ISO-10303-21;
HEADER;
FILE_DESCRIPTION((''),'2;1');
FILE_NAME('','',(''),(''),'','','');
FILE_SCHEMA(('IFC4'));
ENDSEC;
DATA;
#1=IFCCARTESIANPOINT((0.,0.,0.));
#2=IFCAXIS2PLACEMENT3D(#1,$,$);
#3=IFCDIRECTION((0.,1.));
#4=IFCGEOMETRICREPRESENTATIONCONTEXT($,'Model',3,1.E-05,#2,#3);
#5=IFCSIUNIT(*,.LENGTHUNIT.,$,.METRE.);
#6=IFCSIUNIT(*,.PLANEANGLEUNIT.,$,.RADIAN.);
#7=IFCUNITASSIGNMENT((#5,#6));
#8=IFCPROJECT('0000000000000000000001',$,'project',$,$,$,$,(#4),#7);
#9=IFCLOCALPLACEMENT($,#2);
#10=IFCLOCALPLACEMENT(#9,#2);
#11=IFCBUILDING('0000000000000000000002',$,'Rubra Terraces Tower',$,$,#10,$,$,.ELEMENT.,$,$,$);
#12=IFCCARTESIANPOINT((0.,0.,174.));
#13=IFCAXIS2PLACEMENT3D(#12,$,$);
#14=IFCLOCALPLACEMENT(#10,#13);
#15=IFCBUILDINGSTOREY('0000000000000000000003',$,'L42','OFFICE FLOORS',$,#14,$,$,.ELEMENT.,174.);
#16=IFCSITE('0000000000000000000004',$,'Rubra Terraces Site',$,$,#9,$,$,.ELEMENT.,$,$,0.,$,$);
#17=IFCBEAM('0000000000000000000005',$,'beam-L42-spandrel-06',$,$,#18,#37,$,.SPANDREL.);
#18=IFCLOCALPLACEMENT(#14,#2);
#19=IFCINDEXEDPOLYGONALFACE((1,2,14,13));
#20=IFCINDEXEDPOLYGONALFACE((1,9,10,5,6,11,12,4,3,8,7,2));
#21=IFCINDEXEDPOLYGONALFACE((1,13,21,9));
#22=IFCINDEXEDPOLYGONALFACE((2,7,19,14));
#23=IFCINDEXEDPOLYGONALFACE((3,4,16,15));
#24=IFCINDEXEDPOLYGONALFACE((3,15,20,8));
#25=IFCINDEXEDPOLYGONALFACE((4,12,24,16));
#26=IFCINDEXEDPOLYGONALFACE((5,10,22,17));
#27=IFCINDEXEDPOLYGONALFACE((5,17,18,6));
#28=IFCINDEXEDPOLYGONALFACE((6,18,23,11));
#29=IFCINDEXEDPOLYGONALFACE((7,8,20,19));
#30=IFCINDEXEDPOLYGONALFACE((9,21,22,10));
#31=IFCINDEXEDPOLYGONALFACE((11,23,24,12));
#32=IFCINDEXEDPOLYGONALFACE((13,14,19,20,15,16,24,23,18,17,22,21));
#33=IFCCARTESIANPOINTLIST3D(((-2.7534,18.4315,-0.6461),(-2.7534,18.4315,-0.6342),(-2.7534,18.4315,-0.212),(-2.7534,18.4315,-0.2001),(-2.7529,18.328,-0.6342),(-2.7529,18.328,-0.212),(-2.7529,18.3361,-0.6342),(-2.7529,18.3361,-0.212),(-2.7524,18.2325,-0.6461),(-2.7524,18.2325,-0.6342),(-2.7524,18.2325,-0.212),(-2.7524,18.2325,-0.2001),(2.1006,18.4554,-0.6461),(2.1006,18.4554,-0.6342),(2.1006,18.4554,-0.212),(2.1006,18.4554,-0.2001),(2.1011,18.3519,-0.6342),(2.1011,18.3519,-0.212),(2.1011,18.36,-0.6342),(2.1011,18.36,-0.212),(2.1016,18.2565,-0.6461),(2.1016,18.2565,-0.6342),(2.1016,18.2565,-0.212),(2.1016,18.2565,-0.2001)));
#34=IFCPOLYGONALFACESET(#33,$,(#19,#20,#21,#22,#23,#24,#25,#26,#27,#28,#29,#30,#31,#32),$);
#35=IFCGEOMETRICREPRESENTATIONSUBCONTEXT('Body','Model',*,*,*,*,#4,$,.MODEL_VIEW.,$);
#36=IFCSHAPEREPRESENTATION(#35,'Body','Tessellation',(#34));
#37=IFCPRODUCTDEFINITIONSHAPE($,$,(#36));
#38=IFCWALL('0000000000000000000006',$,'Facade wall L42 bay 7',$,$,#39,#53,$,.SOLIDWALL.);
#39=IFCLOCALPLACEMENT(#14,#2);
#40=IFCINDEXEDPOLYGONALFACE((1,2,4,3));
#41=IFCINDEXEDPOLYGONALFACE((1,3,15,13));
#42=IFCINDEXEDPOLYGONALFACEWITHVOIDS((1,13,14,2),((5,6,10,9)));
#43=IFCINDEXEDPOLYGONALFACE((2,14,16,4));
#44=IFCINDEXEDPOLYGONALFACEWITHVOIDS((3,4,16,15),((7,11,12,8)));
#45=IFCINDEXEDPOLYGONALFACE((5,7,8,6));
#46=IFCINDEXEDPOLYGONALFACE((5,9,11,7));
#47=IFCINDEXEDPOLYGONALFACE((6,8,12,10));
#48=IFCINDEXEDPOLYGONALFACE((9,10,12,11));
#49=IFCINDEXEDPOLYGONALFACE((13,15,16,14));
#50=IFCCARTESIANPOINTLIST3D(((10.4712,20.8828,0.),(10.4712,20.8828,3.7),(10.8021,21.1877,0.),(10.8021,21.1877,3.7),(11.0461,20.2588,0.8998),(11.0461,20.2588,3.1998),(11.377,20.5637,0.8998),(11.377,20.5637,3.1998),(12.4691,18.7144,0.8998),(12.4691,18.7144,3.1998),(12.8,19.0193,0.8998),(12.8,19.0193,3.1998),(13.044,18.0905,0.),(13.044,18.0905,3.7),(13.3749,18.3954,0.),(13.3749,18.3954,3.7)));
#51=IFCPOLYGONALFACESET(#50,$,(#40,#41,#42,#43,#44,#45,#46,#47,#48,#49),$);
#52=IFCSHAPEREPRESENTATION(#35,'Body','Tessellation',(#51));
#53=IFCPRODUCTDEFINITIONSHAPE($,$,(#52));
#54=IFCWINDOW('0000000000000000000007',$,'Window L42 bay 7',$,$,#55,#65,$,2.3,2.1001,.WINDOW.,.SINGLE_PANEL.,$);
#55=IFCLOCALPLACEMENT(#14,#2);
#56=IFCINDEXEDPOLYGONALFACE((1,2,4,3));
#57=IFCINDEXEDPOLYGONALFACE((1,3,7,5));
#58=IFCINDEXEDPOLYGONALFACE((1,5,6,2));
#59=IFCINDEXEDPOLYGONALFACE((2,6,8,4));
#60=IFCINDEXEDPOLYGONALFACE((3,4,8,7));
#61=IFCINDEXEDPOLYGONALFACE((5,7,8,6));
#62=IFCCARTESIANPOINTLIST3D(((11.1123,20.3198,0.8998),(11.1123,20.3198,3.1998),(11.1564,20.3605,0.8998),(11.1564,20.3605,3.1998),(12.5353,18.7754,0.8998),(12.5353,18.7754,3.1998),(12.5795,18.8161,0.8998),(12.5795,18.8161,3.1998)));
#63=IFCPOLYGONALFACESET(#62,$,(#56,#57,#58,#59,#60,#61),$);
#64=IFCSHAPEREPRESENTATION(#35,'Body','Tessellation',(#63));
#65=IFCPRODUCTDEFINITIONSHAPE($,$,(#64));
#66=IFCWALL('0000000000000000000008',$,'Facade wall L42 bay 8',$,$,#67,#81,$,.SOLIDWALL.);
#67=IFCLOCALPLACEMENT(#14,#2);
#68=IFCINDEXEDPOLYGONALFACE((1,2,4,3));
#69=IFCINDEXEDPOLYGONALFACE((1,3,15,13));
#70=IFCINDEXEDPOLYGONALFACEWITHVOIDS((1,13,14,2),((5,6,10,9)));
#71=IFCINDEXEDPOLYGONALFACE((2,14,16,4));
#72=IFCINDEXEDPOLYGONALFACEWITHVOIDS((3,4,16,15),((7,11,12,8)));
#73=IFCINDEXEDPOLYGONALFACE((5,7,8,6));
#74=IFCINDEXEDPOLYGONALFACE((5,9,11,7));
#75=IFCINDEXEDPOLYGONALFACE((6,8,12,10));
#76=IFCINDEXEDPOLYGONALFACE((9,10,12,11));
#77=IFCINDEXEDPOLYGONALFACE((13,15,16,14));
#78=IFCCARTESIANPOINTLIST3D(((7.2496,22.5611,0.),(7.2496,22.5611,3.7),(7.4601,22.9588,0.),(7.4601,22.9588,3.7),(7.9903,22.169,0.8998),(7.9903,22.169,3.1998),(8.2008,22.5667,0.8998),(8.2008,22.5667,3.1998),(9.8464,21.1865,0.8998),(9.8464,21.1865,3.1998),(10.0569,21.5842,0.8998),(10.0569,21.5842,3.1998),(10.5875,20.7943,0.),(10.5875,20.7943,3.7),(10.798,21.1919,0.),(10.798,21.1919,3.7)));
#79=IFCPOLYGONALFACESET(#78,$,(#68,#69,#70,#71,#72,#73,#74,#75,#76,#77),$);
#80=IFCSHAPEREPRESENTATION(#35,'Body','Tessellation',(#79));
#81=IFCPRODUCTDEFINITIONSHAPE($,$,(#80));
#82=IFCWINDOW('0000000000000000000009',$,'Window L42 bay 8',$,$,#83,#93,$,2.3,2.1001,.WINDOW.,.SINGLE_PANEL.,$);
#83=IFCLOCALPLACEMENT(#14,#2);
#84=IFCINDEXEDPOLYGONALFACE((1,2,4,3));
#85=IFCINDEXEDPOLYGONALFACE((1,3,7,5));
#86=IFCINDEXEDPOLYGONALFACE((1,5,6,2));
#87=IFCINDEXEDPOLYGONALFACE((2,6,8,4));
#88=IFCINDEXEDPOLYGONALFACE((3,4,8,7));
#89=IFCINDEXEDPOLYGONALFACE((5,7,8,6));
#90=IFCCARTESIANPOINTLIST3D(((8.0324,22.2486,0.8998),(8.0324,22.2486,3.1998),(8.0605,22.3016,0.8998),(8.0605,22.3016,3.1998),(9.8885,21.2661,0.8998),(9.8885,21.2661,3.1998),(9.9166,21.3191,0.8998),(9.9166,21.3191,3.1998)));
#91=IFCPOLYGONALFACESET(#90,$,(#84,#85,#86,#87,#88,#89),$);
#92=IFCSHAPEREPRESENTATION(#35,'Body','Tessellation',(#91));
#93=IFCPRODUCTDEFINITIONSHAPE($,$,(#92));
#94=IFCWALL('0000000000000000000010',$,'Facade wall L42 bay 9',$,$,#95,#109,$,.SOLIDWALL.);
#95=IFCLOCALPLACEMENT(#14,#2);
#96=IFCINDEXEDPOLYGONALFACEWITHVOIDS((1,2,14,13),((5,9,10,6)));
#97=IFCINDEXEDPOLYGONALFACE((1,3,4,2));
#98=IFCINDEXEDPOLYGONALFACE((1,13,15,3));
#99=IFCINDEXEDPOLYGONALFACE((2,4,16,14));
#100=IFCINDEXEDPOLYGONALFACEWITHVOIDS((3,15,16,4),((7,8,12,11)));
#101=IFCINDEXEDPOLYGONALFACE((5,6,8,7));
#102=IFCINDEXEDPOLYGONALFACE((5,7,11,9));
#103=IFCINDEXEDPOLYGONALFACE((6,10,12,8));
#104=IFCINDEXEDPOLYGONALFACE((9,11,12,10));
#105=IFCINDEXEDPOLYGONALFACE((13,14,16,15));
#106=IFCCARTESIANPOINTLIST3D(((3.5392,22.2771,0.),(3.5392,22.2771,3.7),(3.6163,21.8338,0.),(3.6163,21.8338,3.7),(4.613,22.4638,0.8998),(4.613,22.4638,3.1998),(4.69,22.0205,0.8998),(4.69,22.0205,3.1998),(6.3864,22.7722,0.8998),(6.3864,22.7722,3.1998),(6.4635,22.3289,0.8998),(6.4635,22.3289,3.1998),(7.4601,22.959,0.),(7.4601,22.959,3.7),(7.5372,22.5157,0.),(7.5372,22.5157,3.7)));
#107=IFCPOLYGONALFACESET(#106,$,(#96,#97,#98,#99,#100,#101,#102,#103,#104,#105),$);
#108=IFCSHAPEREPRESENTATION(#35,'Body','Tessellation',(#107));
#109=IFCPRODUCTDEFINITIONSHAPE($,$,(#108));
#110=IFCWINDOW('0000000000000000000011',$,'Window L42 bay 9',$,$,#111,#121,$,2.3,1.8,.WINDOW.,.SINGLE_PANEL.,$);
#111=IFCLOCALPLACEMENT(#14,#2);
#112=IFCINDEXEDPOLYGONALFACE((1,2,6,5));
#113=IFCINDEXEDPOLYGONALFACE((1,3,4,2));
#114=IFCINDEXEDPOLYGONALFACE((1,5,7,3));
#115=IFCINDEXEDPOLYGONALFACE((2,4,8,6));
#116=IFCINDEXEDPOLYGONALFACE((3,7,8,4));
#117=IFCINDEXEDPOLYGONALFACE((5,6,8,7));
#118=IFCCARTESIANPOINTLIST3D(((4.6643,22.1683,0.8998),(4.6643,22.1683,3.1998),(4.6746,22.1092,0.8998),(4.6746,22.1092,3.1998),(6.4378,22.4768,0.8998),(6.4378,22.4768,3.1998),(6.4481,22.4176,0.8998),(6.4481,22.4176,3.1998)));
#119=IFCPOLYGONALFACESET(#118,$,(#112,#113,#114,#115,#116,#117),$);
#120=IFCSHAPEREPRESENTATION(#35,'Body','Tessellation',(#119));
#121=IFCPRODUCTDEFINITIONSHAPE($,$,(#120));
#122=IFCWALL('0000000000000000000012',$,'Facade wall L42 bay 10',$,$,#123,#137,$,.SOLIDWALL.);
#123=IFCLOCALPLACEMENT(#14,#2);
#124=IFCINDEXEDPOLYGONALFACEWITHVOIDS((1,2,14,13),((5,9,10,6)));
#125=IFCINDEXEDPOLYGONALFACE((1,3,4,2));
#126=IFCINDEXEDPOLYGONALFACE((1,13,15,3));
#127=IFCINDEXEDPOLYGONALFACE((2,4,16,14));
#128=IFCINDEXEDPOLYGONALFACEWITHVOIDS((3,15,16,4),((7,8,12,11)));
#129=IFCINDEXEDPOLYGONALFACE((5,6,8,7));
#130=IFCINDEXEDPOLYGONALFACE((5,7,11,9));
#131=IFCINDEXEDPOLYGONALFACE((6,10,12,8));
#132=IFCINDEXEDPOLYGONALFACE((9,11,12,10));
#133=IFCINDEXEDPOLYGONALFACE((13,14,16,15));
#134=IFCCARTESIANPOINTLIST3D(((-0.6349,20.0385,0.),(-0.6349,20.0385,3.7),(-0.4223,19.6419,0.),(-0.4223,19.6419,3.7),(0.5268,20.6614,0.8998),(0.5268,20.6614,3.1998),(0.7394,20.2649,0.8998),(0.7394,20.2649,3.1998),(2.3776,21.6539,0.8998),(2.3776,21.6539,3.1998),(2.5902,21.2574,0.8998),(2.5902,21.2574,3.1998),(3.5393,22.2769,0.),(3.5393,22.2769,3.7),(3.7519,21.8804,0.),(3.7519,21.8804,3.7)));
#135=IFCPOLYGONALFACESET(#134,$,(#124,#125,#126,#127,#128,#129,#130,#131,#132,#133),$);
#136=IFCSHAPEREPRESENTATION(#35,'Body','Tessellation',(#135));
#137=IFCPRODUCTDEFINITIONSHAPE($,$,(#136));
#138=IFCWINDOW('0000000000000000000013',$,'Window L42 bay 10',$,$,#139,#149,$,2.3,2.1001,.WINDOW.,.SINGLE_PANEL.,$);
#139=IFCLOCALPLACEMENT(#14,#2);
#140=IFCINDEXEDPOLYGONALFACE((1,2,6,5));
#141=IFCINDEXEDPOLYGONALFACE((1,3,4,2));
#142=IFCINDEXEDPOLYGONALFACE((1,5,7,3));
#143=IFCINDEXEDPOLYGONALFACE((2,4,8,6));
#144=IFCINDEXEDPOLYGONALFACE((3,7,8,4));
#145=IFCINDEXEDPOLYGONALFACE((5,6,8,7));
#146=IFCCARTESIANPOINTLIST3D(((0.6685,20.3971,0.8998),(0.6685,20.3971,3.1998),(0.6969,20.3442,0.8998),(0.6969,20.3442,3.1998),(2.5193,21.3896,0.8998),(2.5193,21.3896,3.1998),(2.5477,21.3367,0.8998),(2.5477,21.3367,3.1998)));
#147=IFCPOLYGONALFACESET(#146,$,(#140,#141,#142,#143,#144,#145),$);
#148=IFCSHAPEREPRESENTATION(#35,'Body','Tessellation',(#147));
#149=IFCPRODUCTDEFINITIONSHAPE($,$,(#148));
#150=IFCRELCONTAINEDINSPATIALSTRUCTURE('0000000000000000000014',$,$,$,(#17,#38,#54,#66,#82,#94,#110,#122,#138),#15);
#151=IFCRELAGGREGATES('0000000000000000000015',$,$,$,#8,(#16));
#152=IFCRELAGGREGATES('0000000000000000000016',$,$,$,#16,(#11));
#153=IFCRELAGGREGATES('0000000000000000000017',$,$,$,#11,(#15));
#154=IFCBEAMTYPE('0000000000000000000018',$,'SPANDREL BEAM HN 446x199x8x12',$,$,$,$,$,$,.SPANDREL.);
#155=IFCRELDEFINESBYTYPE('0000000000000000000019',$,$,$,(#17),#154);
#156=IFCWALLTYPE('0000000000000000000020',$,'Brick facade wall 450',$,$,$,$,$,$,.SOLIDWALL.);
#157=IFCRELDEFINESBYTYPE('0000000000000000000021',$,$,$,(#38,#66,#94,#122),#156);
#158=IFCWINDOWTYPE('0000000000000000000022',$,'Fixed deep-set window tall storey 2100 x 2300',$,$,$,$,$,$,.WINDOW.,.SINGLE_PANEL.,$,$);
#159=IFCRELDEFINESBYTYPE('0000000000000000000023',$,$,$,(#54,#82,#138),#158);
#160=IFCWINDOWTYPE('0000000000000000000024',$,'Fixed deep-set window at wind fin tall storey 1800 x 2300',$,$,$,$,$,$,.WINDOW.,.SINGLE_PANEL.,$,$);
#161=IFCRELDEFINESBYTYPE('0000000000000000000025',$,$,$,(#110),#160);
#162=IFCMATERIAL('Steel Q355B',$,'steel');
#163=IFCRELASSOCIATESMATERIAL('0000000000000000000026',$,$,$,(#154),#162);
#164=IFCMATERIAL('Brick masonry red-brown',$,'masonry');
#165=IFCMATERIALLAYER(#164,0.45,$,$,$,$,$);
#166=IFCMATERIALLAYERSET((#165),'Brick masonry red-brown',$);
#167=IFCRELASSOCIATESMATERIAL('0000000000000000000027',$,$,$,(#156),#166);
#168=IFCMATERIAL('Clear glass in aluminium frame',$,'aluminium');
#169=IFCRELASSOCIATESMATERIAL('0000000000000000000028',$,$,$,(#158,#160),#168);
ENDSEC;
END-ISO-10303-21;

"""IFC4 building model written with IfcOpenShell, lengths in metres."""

from ifc_helpers import new_model, si_unit, direction, frame, frame_2d, origin, origin_2d, place, context, subcontext, project, spatial, rectangle, i_section, extrude, material, layer, layer_set, material_profile, profile_set, type_object, element, fill, save


model = new_model("IFC4")

# Units and contexts
model_context = context("Model", 3, precision=1e-05, world=origin(), true_north=direction((0.0, 1.0)))
body_context = subcontext(model_context, "Body", "Model", "MODEL_VIEW")
ifc_project = project(units=[si_unit("LENGTHUNIT", "METRE"), si_unit("PLANEANGLEUNIT", "RADIAN")], contexts=[model_context])

# Site, building, storey
site_placement = place(None, origin())
site = spatial("IfcSite", under=ifc_project, at=site_placement, Name="Rubra Terraces Site", CompositionType="ELEMENT", RefElevation=0.0)
building_placement = place(site_placement, origin())
building = spatial("IfcBuilding", under=site, at=building_placement, Name="Rubra Terraces Tower", CompositionType="ELEMENT")
storey_placement = place(building_placement, frame((0.0, 0.0, 174.0)))
storey = spatial("IfcBuildingStorey", under=building, at=storey_placement, Name="L42", Description="OFFICE FLOORS", CompositionType="ELEMENT", Elevation=174.0)

# Beam
ifc_material_1 = material(Name="Steel Q355B", Category="steel")
ifc_material_profile_1 = material_profile(ifc_material_1, i_section(OverallWidth=0.199, OverallDepth=0.446, WebThickness=0.0081, FlangeThickness=0.012, at=origin_2d()), Name="HN 446x199x8x12")
ifc_profile_set_1 = profile_set([ifc_material_profile_1], Name="Steel Q355B")
beam_type_1 = type_object("IfcBeamType", Name="SPANDREL BEAM HN 446x199x8x12", PredefinedType="SPANDREL", material=ifc_profile_set_1)
beam_1_placement = place(storey_placement, frame((2.1011, 18.356, -0.4231), z_axis=(-0.999988, -0.004929, 0.0), x_axis=(0.004929, -0.999988, 0.0)))
element("IfcBeam", 1, at=beam_1_placement, inside=storey, type_object=beam_type_1, Name="beam-L42-spandrel-06", PredefinedType="SPANDREL", context=body_context, shape_type="SweptSolid", body=[
    extrude(i_section(OverallWidth=0.199, OverallDepth=0.446, WebThickness=0.0081, FlangeThickness=0.012, at=origin_2d()), origin(), (0.0, 0.0, 1.0), 4.854),
])

# Walls, openings, windows
ifc_material_2 = material(Name="Brick masonry red-brown", Category="masonry")
ifc_layer_1 = layer(ifc_material_2, 0.45)
ifc_layer_set_1 = layer_set([ifc_layer_1], Name="Brick masonry red-brown")
wall_type_1 = type_object("IfcWallType", Name="Brick facade wall 450", PredefinedType="SOLIDWALL", material=ifc_layer_set_1)
wall_1_placement = place(storey_placement, frame((13.2095, 18.2429, 0.0), z_axis=(0.0, 0.0, 1.0), x_axis=(-0.677612, 0.735419, 0.0)))
wall_1 = element("IfcWall", 2, at=wall_1_placement, inside=storey, type_object=wall_type_1, Name="Facade wall L42 bay 7", PredefinedType="SOLIDWALL", context=body_context, shape_type="SweptSolid", body=[
    extrude(rectangle(XDim=3.7969, YDim=0.45, at=frame_2d((1.8984, 0.0))), origin(), (0.0, 0.0, 1.0), 3.7),
])
opening_1_placement = place(wall_1_placement, frame((0.8484, 0.0, 0.8999)))
opening_1 = element("IfcOpeningElement", 3, at=opening_1_placement, cuts=wall_1, PredefinedType="OPENING", context=body_context, shape_type="SweptSolid", body=[
    extrude(rectangle(XDim=2.1001, YDim=2.3, at=frame_2d((1.05, 1.1499))), frame((0.0, 0.2349, 0.0), z_axis=(0.0, -1.0, 0.0), x_axis=(1.0, 0.0, 0.0)), (0.0, 0.0, 1.0), 0.47),
])
ifc_material_3 = material(Name="Clear glass in aluminium frame", Category="aluminium")
window_type_1 = type_object("IfcWindowType", Name="Fixed deep-set window tall storey 2100 x 2300", PartitioningType="SINGLE_PANEL", PredefinedType="WINDOW", material=ifc_material_3)
window_1_placement = place(opening_1_placement, origin())
window_1 = element("IfcWindow", 4, at=window_1_placement, inside=storey, type_object=window_type_1, Name="Window L42 bay 7", OverallHeight=2.3, OverallWidth=2.1001, PartitioningType="SINGLE_PANEL", PredefinedType="WINDOW", context=body_context, shape_type="SweptSolid", body=[
    extrude(rectangle(XDim=2.1001, YDim=2.3, at=frame_2d((1.05, 1.1499))), frame((0.0, 0.135, 0.0), z_axis=(0.0, -1.0, 0.0), x_axis=(1.0, 0.0, 0.0)), (0.0, 0.0, 1.0), 0.0601),
])
fill(opening_1, window_1)
wall_2_placement = place(storey_placement, frame((10.6926, 20.9932, 0.0), z_axis=(0.0, 0.0, 1.0), x_axis=(-0.883818, 0.467831, 0.0)))
wall_2 = element("IfcWall", 5, at=wall_2_placement, inside=storey, type_object=wall_type_1, Name="Facade wall L42 bay 8", PredefinedType="SOLIDWALL", context=body_context, shape_type="SweptSolid", body=[
    extrude(rectangle(XDim=3.7766, YDim=0.45, at=frame_2d((1.8882, 0.0))), origin(), (0.0, 0.0, 1.0), 3.7),
])
opening_2_placement = place(wall_2_placement, frame((0.8384, 0.0, 0.8999)))
opening_2 = element("IfcOpeningElement", 6, at=opening_2_placement, cuts=wall_2, PredefinedType="OPENING", context=body_context, shape_type="SweptSolid", body=[
    extrude(rectangle(XDim=2.1001, YDim=2.3, at=frame_2d((1.05, 1.1499))), frame((0.0, 0.2349, 0.0), z_axis=(0.0, -1.0, 0.0), x_axis=(1.0, 0.0, 0.0)), (0.0, 0.0, 1.0), 0.47),
])
window_2_placement = place(opening_2_placement, origin())
window_2 = element("IfcWindow", 7, at=window_2_placement, inside=storey, type_object=window_type_1, Name="Window L42 bay 8", OverallHeight=2.3, OverallWidth=2.1001, PartitioningType="SINGLE_PANEL", PredefinedType="WINDOW", context=body_context, shape_type="SweptSolid", body=[
    extrude(rectangle(XDim=2.1001, YDim=2.3, at=frame_2d((1.05, 1.1499))), frame((0.0, 0.135, 0.0), z_axis=(0.0, -1.0, 0.0), x_axis=(1.0, 0.0, 0.0)), (0.0, 0.0, 1.0), 0.0601),
])
fill(opening_2, window_2)
wall_3_placement = place(storey_placement, frame((7.4985, 22.7373, 0.0), z_axis=(0.0, 0.0, 1.0), x_axis=(-0.985212, -0.171339, 0.0)))
wall_3 = element("IfcWall", 8, at=wall_3_placement, inside=storey, type_object=wall_type_1, Name="Facade wall L42 bay 9", PredefinedType="SOLIDWALL", context=body_context, shape_type="SweptSolid", body=[
    extrude(rectangle(XDim=3.9797, YDim=0.45, at=frame_2d((1.9897, 0.0))), origin(), (0.0, 0.0, 1.0), 3.7),
])
opening_3_placement = place(wall_3_placement, frame((1.0898, 0.0, 0.8999)))
opening_3 = element("IfcOpeningElement", 9, at=opening_3_placement, cuts=wall_3, PredefinedType="OPENING", context=body_context, shape_type="SweptSolid", body=[
    extrude(rectangle(XDim=1.8, YDim=2.3, at=frame_2d((0.8999, 1.1499))), frame((0.0, 0.2349, 0.0), z_axis=(0.0, -1.0, 0.0), x_axis=(1.0, 0.0, 0.0)), (0.0, 0.0, 1.0), 0.47),
])
window_type_2 = type_object("IfcWindowType", Name="Fixed deep-set window at wind fin tall storey 1800 x 2300", PartitioningType="SINGLE_PANEL", PredefinedType="WINDOW", material=ifc_material_3)
window_3_placement = place(opening_3_placement, origin())
window_3 = element("IfcWindow", 10, at=window_3_placement, inside=storey, type_object=window_type_2, Name="Window L42 bay 9", OverallHeight=2.3, OverallWidth=1.8, PartitioningType="SINGLE_PANEL", PredefinedType="WINDOW", context=body_context, shape_type="SweptSolid", body=[
    extrude(rectangle(XDim=1.8, YDim=2.3, at=frame_2d((0.8999, 1.1499))), frame((0.0, 0.135, 0.0), z_axis=(0.0, -1.0, 0.0), x_axis=(1.0, 0.0, 0.0)), (0.0, 0.0, 1.0), 0.0601),
])
fill(opening_3, window_3)
wall_4_placement = place(storey_placement, frame((3.6455, 22.0786, 0.0), z_axis=(0.0, 0.0, 1.0), x_axis=(-0.881279, -0.472596, 0.0)))
wall_4 = element("IfcWall", 11, at=wall_4_placement, inside=storey, type_object=wall_type_1, Name="Facade wall L42 bay 10", PredefinedType="SOLIDWALL", context=body_context, shape_type="SweptSolid", body=[
    extrude(rectangle(XDim=4.7366, YDim=0.45, at=frame_2d((2.3682, 0.0))), origin(), (0.0, 0.0, 1.0), 3.7),
])
opening_4_placement = place(wall_4_placement, frame((1.3181, 0.0, 0.8999)))
opening_4 = element("IfcOpeningElement", 12, at=opening_4_placement, cuts=wall_4, PredefinedType="OPENING", context=body_context, shape_type="SweptSolid", body=[
    extrude(rectangle(XDim=2.1001, YDim=2.3, at=frame_2d((1.05, 1.1499))), frame((0.0, 0.2349, 0.0), z_axis=(0.0, -1.0, 0.0), x_axis=(1.0, 0.0, 0.0)), (0.0, 0.0, 1.0), 0.47),
])
window_4_placement = place(opening_4_placement, origin())
window_4 = element("IfcWindow", 13, at=window_4_placement, inside=storey, type_object=window_type_1, Name="Window L42 bay 10", OverallHeight=2.3, OverallWidth=2.1001, PartitioningType="SINGLE_PANEL", PredefinedType="WINDOW", context=body_context, shape_type="SweptSolid", body=[
    extrude(rectangle(XDim=2.1001, YDim=2.3, at=frame_2d((1.05, 1.1499))), frame((0.0, 0.135, 0.0), z_axis=(0.0, -1.0, 0.0), x_axis=(1.0, 0.0, 0.0)), (0.0, 0.0, 1.0), 0.0601),
])
fill(opening_4, window_4)

save(model, "model.ifc")
